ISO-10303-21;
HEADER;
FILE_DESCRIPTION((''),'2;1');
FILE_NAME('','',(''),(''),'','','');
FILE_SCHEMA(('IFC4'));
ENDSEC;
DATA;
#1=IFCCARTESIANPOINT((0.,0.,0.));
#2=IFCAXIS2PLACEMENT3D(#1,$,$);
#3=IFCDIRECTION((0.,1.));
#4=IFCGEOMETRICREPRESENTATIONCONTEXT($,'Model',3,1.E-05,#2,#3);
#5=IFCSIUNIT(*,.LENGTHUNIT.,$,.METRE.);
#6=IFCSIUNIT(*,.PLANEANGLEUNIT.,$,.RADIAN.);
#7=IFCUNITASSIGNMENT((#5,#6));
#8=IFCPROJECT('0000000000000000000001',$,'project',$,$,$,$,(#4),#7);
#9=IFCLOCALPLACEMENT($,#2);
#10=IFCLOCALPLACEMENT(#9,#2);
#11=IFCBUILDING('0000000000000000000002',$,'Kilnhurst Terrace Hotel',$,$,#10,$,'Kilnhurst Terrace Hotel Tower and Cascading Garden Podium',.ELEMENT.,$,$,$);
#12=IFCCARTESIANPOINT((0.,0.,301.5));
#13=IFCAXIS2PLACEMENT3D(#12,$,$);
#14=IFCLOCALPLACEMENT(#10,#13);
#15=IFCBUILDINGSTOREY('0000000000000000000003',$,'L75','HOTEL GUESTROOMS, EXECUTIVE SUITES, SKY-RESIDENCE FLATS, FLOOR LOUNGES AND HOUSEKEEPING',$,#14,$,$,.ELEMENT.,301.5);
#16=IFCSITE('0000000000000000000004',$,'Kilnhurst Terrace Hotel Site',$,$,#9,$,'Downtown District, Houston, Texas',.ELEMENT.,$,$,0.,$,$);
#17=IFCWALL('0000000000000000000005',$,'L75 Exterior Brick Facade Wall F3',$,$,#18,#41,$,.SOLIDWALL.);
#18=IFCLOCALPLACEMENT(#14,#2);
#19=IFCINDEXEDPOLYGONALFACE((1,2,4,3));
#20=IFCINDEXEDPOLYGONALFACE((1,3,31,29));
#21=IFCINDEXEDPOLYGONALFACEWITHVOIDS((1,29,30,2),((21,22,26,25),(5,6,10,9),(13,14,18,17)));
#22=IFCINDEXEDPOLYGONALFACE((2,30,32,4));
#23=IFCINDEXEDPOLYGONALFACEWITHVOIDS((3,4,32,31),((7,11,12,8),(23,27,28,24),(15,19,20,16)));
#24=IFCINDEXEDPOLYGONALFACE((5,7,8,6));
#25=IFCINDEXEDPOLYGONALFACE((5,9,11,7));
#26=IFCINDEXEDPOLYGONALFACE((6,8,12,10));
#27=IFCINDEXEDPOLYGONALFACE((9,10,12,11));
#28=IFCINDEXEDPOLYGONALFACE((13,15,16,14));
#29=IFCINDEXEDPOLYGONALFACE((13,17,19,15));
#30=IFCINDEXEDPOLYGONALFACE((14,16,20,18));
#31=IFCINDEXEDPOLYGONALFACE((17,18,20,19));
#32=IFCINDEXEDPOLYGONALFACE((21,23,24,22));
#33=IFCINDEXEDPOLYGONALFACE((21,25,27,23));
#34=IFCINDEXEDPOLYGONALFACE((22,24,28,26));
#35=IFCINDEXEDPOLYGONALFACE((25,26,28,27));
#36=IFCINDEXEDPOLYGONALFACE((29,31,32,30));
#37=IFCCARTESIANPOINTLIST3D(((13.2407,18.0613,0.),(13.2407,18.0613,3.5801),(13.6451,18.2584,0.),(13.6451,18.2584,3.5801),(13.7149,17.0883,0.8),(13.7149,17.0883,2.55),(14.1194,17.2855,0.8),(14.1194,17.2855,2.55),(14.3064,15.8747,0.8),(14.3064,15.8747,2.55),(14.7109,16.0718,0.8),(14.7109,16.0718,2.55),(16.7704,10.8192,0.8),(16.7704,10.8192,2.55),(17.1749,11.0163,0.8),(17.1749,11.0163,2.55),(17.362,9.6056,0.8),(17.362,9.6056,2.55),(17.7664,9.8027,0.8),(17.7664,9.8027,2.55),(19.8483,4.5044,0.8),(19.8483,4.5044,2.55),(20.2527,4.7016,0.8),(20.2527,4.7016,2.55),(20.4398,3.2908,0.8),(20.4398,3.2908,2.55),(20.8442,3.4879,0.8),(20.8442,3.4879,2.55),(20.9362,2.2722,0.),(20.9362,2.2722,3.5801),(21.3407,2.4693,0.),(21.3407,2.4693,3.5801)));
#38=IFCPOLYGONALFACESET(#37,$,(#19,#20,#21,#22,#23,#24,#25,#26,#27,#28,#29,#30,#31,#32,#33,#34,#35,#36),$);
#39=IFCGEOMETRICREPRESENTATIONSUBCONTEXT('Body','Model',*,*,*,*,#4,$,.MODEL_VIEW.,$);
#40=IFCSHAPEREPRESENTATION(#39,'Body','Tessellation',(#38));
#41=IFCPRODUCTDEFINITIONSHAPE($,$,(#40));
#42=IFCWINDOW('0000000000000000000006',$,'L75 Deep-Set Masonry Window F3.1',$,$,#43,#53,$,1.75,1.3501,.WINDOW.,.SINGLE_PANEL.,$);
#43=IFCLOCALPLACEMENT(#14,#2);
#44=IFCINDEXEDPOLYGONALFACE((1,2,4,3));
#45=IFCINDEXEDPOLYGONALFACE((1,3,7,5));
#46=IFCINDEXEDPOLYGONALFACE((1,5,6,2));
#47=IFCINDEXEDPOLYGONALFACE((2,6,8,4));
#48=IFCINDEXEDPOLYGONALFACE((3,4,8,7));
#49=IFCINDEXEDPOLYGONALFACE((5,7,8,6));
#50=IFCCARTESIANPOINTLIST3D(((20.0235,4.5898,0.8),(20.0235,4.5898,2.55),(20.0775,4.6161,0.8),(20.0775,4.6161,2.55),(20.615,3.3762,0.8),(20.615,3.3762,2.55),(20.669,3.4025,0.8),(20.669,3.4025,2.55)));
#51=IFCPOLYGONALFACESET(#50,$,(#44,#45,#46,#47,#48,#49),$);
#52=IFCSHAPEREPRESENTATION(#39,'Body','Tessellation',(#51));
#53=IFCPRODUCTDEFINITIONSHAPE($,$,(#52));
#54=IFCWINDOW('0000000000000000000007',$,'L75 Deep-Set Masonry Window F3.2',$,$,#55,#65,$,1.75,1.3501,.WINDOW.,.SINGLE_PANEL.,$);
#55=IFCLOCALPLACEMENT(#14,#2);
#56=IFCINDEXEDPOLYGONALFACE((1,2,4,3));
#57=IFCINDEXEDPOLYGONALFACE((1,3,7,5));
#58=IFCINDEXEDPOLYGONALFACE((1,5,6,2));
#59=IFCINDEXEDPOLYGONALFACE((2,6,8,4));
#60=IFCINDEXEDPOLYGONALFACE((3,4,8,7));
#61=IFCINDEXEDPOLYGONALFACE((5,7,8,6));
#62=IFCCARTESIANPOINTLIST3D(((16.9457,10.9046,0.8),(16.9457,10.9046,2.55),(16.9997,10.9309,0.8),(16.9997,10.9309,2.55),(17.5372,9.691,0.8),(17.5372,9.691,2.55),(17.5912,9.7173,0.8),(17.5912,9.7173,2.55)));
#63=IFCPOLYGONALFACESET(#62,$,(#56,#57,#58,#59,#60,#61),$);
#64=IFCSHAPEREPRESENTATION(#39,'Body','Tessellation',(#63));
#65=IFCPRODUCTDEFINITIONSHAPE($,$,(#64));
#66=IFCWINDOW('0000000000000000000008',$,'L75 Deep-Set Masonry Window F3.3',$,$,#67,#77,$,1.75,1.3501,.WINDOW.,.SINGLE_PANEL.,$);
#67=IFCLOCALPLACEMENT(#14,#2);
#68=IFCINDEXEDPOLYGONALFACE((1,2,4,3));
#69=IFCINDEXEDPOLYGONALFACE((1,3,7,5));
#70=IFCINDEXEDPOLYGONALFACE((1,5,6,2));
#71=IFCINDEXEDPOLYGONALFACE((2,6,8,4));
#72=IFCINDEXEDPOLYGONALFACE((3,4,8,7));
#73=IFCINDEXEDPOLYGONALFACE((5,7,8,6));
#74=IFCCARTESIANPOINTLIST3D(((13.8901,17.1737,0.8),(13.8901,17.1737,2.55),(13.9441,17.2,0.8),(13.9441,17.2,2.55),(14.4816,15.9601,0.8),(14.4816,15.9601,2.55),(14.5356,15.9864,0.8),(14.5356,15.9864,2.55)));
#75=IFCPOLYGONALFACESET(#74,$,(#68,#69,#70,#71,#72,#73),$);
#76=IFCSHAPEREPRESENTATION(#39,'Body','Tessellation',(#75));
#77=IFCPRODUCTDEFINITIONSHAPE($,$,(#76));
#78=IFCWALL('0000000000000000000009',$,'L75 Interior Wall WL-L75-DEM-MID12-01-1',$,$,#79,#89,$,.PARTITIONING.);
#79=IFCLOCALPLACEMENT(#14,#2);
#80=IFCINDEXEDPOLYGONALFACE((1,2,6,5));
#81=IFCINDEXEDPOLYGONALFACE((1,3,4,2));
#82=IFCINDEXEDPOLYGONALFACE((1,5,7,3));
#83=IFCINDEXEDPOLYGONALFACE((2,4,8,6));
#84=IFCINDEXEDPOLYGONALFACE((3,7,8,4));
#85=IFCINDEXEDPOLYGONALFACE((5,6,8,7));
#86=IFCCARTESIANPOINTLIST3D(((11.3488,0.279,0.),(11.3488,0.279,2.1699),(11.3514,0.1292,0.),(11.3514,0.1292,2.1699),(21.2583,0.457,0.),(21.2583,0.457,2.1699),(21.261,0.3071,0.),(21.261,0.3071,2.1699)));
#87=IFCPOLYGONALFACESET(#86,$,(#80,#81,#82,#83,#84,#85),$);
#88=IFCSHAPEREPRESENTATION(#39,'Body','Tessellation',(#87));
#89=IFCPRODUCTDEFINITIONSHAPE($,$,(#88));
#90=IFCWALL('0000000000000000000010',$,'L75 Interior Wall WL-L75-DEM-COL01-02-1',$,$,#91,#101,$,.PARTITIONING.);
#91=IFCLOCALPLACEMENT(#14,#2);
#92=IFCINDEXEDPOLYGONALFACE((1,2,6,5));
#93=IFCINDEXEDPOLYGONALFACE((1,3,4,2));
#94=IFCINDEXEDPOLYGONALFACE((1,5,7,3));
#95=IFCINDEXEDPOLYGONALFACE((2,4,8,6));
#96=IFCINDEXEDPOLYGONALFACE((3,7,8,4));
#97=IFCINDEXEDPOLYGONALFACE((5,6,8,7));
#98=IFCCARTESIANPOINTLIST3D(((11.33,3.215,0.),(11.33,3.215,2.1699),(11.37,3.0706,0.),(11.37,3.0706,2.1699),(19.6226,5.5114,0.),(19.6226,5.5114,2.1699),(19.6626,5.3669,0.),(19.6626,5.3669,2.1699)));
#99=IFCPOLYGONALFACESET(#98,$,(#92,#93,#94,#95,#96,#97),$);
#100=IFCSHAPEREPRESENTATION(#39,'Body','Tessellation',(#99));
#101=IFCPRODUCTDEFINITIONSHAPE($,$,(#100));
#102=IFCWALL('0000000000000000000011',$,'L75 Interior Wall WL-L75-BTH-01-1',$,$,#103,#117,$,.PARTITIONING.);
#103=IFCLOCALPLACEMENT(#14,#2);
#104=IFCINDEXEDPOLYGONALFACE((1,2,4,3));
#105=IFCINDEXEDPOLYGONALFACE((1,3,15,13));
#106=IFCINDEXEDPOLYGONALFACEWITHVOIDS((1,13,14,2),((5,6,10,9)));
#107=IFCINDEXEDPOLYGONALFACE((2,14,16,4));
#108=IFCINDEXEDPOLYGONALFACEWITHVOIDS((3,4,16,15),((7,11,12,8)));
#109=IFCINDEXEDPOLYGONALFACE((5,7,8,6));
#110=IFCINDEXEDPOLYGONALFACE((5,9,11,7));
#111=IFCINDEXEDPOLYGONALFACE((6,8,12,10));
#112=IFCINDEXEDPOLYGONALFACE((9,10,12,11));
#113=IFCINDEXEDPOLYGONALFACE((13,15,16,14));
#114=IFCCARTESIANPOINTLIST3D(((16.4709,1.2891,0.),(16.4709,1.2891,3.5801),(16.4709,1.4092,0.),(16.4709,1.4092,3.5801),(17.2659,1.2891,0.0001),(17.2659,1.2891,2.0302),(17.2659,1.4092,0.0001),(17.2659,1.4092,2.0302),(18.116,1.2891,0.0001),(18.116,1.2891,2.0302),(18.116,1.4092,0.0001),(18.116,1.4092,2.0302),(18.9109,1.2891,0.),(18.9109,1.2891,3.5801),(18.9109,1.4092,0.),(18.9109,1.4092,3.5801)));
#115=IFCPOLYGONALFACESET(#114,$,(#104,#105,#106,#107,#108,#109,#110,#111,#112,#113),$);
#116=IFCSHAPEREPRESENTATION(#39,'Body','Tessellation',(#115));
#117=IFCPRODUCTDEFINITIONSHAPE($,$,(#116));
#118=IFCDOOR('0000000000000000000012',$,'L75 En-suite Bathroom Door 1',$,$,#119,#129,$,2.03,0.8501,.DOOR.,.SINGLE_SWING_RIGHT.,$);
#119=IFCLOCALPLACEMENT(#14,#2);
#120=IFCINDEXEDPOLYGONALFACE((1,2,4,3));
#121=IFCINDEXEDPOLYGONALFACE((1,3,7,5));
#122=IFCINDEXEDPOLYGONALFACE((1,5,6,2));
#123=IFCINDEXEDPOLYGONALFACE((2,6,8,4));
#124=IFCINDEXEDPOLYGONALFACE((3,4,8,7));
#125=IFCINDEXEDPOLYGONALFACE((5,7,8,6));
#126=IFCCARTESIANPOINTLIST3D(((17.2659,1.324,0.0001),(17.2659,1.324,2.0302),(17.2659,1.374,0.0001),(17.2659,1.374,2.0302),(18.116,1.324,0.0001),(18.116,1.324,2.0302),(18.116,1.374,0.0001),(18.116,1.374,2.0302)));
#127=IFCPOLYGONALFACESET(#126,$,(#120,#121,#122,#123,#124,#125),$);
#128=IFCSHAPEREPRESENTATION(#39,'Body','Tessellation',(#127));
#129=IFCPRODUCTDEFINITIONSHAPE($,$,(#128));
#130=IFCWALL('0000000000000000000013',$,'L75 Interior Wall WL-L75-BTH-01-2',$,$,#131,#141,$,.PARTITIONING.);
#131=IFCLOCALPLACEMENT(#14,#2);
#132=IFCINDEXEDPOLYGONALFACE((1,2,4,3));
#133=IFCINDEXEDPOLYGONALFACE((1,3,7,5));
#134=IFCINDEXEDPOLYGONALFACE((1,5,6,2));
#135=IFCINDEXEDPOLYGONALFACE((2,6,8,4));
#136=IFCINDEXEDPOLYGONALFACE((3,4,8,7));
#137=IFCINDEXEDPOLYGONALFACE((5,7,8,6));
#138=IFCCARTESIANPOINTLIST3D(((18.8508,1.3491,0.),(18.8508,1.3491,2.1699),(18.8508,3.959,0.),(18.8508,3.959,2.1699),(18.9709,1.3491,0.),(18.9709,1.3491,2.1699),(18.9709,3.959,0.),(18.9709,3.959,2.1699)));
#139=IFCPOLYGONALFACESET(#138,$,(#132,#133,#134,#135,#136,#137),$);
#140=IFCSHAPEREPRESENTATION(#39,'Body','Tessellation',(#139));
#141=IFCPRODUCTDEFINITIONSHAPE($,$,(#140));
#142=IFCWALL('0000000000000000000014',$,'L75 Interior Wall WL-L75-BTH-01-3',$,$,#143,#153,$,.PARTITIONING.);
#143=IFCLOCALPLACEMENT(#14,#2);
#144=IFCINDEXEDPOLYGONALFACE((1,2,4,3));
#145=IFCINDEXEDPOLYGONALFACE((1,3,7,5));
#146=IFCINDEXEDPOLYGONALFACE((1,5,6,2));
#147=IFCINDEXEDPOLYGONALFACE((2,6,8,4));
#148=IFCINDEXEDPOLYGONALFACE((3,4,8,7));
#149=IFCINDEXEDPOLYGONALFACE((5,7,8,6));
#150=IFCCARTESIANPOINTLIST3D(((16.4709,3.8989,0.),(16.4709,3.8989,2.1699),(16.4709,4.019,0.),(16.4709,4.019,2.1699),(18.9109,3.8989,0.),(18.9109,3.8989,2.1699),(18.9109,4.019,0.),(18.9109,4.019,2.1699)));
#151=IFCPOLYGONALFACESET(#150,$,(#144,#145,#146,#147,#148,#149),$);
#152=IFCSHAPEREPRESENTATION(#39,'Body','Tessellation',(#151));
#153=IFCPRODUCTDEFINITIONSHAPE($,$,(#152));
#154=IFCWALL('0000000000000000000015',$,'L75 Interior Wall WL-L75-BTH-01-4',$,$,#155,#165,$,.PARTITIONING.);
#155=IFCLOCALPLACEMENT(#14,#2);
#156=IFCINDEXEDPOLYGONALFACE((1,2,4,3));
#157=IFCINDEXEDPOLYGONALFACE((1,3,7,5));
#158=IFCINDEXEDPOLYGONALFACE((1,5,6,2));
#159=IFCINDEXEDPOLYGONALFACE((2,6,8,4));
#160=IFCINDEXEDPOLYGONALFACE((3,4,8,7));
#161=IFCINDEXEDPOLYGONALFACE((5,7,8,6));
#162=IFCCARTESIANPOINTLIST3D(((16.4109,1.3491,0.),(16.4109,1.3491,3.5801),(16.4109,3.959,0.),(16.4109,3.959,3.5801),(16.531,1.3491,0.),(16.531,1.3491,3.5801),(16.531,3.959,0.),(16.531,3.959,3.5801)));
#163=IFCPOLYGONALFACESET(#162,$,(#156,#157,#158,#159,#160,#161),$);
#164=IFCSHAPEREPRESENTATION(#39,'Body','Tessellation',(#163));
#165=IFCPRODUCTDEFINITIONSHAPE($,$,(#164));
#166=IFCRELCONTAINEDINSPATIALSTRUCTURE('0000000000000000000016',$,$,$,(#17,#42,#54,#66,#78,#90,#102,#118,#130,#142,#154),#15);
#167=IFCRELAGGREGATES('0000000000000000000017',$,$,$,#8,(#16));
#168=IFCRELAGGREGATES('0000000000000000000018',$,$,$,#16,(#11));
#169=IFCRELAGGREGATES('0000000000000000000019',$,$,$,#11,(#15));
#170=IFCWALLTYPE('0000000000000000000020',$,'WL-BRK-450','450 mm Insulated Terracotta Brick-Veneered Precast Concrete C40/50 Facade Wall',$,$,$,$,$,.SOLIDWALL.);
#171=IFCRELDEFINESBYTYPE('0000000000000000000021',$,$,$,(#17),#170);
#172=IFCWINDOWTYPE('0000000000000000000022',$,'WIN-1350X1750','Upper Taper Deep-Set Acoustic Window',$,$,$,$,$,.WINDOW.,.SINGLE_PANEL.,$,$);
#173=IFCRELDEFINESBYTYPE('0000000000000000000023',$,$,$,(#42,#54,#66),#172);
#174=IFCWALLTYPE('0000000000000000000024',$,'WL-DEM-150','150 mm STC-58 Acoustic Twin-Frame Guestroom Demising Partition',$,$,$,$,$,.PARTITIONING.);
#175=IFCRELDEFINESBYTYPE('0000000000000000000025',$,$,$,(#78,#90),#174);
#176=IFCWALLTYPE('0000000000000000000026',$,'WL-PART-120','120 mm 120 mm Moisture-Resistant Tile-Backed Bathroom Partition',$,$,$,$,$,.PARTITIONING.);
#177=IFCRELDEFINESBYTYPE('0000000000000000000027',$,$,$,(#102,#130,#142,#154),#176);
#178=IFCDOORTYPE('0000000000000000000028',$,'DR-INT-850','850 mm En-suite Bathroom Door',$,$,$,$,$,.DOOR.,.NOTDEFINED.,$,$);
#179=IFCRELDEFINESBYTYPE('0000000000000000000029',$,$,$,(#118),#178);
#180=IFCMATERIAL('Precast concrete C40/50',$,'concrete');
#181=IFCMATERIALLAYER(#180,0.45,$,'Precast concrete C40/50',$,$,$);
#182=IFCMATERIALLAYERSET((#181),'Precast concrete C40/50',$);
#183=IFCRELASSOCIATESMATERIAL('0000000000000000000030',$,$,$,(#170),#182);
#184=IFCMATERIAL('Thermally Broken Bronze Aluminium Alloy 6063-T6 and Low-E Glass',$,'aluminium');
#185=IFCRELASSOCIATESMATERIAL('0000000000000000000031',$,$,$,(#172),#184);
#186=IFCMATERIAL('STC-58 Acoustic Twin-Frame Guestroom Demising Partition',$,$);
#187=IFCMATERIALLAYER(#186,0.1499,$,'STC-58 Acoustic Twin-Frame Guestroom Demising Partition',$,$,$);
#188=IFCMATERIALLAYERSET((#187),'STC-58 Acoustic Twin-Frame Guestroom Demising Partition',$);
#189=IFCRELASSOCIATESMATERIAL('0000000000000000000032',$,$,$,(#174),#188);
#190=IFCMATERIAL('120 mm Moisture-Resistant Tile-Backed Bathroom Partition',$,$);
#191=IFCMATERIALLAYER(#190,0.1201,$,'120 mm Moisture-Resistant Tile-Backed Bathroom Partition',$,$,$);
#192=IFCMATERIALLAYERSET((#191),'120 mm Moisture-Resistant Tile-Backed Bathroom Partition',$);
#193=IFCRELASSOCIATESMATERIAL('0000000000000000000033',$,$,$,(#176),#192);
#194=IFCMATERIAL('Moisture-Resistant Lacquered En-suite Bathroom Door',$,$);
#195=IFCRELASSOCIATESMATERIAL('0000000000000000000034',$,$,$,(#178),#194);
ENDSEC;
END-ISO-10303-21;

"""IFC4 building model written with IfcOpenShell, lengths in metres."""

from ifc_helpers import new_model, si_unit, direction, frame, frame_2d, origin, place, context, subcontext, project, spatial, rectangle, extrude, material, layer, layer_set, type_object, element, fill, save


model = new_model("IFC4")

# Units and contexts
model_context = context("Model", 3, precision=1e-05, world=origin(), true_north=direction((0.0, 1.0)))
body_context = subcontext(model_context, "Body", "Model", "MODEL_VIEW")
ifc_project = project(units=[si_unit("LENGTHUNIT", "METRE"), si_unit("PLANEANGLEUNIT", "RADIAN")], contexts=[model_context])

# Site, building, storey
site_placement = place(None, origin())
site = spatial("IfcSite", under=ifc_project, at=site_placement, Name="Kilnhurst Terrace Hotel Site", LongName="Downtown District, Houston, Texas", CompositionType="ELEMENT", RefElevation=0.0)
building_placement = place(site_placement, origin())
building = spatial("IfcBuilding", under=site, at=building_placement, Name="Kilnhurst Terrace Hotel", LongName="Kilnhurst Terrace Hotel Tower and Cascading Garden Podium", CompositionType="ELEMENT")
storey_placement = place(building_placement, frame((0.0, 0.0, 301.5)))
storey = spatial("IfcBuildingStorey", under=building, at=storey_placement, Name="L75", Description="HOTEL GUESTROOMS, EXECUTIVE SUITES, SKY-RESIDENCE FLATS, FLOOR LOUNGES AND HOUSEKEEPING", CompositionType="ELEMENT", Elevation=301.5)

# Shared definitions
ifc_material_1 = material(Name="Precast concrete C40/50", Category="concrete")
ifc_layer_1 = layer(ifc_material_1, 0.45, Name="Precast concrete C40/50")
ifc_layer_set_1 = layer_set([ifc_layer_1], Name="Precast concrete C40/50")
wall_type_1 = type_object("IfcWallType", Name="WL-BRK-450", Description="450 mm Insulated Terracotta Brick-Veneered Precast Concrete C40/50 Facade Wall", PredefinedType="SOLIDWALL", material=ifc_layer_set_1)

# Wall, openings, windows
wall_1_placement = place(storey_placement, frame((21.1384, 2.3708, 0.0), z_axis=(0.0, 0.0, 1.0), x_axis=(-0.438128, 0.898913, 0.0)))
wall_1 = element("IfcWall", 1, at=wall_1_placement, inside=storey, type_object=wall_type_1, Name="L75 Exterior Brick Facade Wall F3", PredefinedType="SOLIDWALL", context=body_context, shape_type="SweptSolid", body=[
    extrude(rectangle(XDim=17.5647, YDim=0.45, at=frame_2d((8.7822, 0.0))), origin(), (0.0, 0.0, 1.0), 3.5801),
])
opening_1_placement = place(wall_1_placement, frame((1.1331, 0.0, 0.8)))
opening_1 = element("IfcOpeningElement", 2, at=opening_1_placement, cuts=wall_1, PredefinedType="OPENING", context=body_context, shape_type="SweptSolid", body=[
    extrude(rectangle(XDim=1.3501, YDim=1.75, at=frame_2d((0.675, 0.875))), frame((0.0, 0.2349, 0.0), z_axis=(0.0, -1.0, 0.0), x_axis=(1.0, 0.0, 0.0)), (0.0, 0.0, 1.0), 0.47),
])
opening_2_placement = place(wall_1_placement, frame((8.158, 0.0, 0.8)))
opening_2 = element("IfcOpeningElement", 3, at=opening_2_placement, cuts=wall_1, PredefinedType="OPENING", context=body_context, shape_type="SweptSolid", body=[
    extrude(rectangle(XDim=1.3501, YDim=1.75, at=frame_2d((0.675, 0.875))), frame((0.0, 0.2349, 0.0), z_axis=(0.0, -1.0, 0.0), x_axis=(1.0, 0.0, 0.0)), (0.0, 0.0, 1.0), 0.47),
])
opening_3_placement = place(wall_1_placement, frame((15.1321, 0.0, 0.8)))
opening_3 = element("IfcOpeningElement", 4, at=opening_3_placement, cuts=wall_1, PredefinedType="OPENING", context=body_context, shape_type="SweptSolid", body=[
    extrude(rectangle(XDim=1.3501, YDim=1.75, at=frame_2d((0.675, 0.875))), frame((0.0, 0.2349, 0.0), z_axis=(0.0, -1.0, 0.0), x_axis=(1.0, 0.0, 0.0)), (0.0, 0.0, 1.0), 0.47),
])
ifc_material_2 = material(Name="Thermally Broken Bronze Aluminium Alloy 6063-T6 and Low-E Glass", Category="aluminium")
window_type = type_object("IfcWindowType", Name="WIN-1350X1750", Description="Upper Taper Deep-Set Acoustic Window", PartitioningType="SINGLE_PANEL", PredefinedType="WINDOW", material=ifc_material_2)
window_1_placement = place(opening_1_placement, origin())
window_1 = element("IfcWindow", 5, at=window_1_placement, inside=storey, type_object=window_type, Name="L75 Deep-Set Masonry Window F3.1", OverallHeight=1.75, OverallWidth=1.3501, PartitioningType="SINGLE_PANEL", PredefinedType="WINDOW", context=body_context, shape_type="SweptSolid", body=[
    extrude(rectangle(XDim=1.3501, YDim=1.75, at=frame_2d((0.675, 0.875))), frame((0.0, 0.03, 0.0), z_axis=(0.0, -1.0, 0.0), x_axis=(1.0, 0.0, 0.0)), (0.0, 0.0, 1.0), 0.0601),
])
fill(opening_1, window_1)
window_2_placement = place(opening_2_placement, origin())
window_2 = element("IfcWindow", 6, at=window_2_placement, inside=storey, type_object=window_type, Name="L75 Deep-Set Masonry Window F3.2", OverallHeight=1.75, OverallWidth=1.3501, PartitioningType="SINGLE_PANEL", PredefinedType="WINDOW", context=body_context, shape_type="SweptSolid", body=[
    extrude(rectangle(XDim=1.3501, YDim=1.75, at=frame_2d((0.675, 0.875))), frame((0.0, 0.03, 0.0), z_axis=(0.0, -1.0, 0.0), x_axis=(1.0, 0.0, 0.0)), (0.0, 0.0, 1.0), 0.0601),
])
fill(opening_2, window_2)
window_3_placement = place(opening_3_placement, origin())
window_3 = element("IfcWindow", 7, at=window_3_placement, inside=storey, type_object=window_type, Name="L75 Deep-Set Masonry Window F3.3", OverallHeight=1.75, OverallWidth=1.3501, PartitioningType="SINGLE_PANEL", PredefinedType="WINDOW", context=body_context, shape_type="SweptSolid", body=[
    extrude(rectangle(XDim=1.3501, YDim=1.75, at=frame_2d((0.675, 0.875))), frame((0.0, 0.03, 0.0), z_axis=(0.0, -1.0, 0.0), x_axis=(1.0, 0.0, 0.0)), (0.0, 0.0, 1.0), 0.0601),
])
fill(opening_3, window_3)

# Walls
ifc_material_3 = material(Name="STC-58 Acoustic Twin-Frame Guestroom Demising Partition")
ifc_layer_2 = layer(ifc_material_3, 0.1499, Name="STC-58 Acoustic Twin-Frame Guestroom Demising Partition")
ifc_layer_set_2 = layer_set([ifc_layer_2], Name="STC-58 Acoustic Twin-Frame Guestroom Demising Partition")
wall_type_2 = type_object("IfcWallType", Name="WL-DEM-150", Description="150 mm STC-58 Acoustic Twin-Frame Guestroom Demising Partition", PredefinedType="PARTITIONING", material=ifc_layer_set_2)
wall_2_placement = place(storey_placement, frame((11.3501, 0.2041, 0.0), z_axis=(0.0, 0.0, 1.0), x_axis=(0.999839, 0.017958, 0.0)))
element("IfcWall", 8, at=wall_2_placement, inside=storey, type_object=wall_type_2, Name="L75 Interior Wall WL-L75-DEM-MID12-01-1", PredefinedType="PARTITIONING", context=body_context, shape_type="SweptSolid", body=[
    extrude(rectangle(XDim=9.9111, YDim=0.1499, at=frame_2d((4.9556, 0.0))), origin(), (0.0, 0.0, 1.0), 2.1699),
])
wall_3_placement = place(storey_placement, frame((11.3501, 3.1428, 0.0), z_axis=(0.0, 0.0, 1.0), x_axis=(0.963732, 0.266873, 0.0)))
element("IfcWall", 9, at=wall_3_placement, inside=storey, type_object=wall_type_2, Name="L75 Interior Wall WL-L75-DEM-COL01-02-1", PredefinedType="PARTITIONING", context=body_context, shape_type="SweptSolid", body=[
    extrude(rectangle(XDim=8.6047, YDim=0.1499, at=frame_2d((4.3022, 0.0))), origin(), (0.0, 0.0, 1.0), 2.1699),
])

# Wall, opening, door
ifc_material_4 = material(Name="120 mm Moisture-Resistant Tile-Backed Bathroom Partition")
ifc_layer_3 = layer(ifc_material_4, 0.1201, Name="120 mm Moisture-Resistant Tile-Backed Bathroom Partition")
ifc_layer_set_3 = layer_set([ifc_layer_3], Name="120 mm Moisture-Resistant Tile-Backed Bathroom Partition")
wall_type_3 = type_object("IfcWallType", Name="WL-PART-120", Description="120 mm 120 mm Moisture-Resistant Tile-Backed Bathroom Partition", PredefinedType="PARTITIONING", material=ifc_layer_set_3)
wall_4_placement = place(storey_placement, frame((16.4709, 1.3491, 0.0), z_axis=(0.0, 0.0, 1.0), x_axis=(1.0, 0.0, 0.0)))
wall_4 = element("IfcWall", 10, at=wall_4_placement, inside=storey, type_object=wall_type_3, Name="L75 Interior Wall WL-L75-BTH-01-1", PredefinedType="PARTITIONING", context=body_context, shape_type="SweptSolid", body=[
    extrude(rectangle(XDim=2.4399, YDim=0.1201, at=frame_2d((1.22, 0.0))), origin(), (0.0, 0.0, 1.0), 3.5801),
])
opening_4_placement = place(wall_4_placement, frame((0.7949, 0.0, 0.0)))
opening_4 = element("IfcOpeningElement", 11, at=opening_4_placement, cuts=wall_4, PredefinedType="OPENING", context=body_context, shape_type="SweptSolid", body=[
    extrude(rectangle(XDim=0.8501, YDim=2.03, at=frame_2d((0.425, 1.0151))), frame((0.0, 0.0701, 0.0), z_axis=(0.0, -1.0, 0.0), x_axis=(1.0, 0.0, 0.0)), (0.0, 0.0, 1.0), 0.1401),
])
ifc_material_5 = material(Name="Moisture-Resistant Lacquered En-suite Bathroom Door")
door_type = type_object("IfcDoorType", Name="DR-INT-850", Description="850 mm En-suite Bathroom Door", OperationType="NOTDEFINED", PredefinedType="DOOR", material=ifc_material_5)
door_1_placement = place(opening_4_placement, origin())
door_1 = element("IfcDoor", 12, at=door_1_placement, inside=storey, type_object=door_type, Name="L75 En-suite Bathroom Door 1", OperationType="SINGLE_SWING_RIGHT", OverallHeight=2.03, OverallWidth=0.8501, PredefinedType="DOOR", context=body_context, shape_type="SweptSolid", body=[
    extrude(rectangle(XDim=0.8501, YDim=2.03, at=frame_2d((0.425, 1.0151))), frame((0.0, 0.0249, 0.0), z_axis=(0.0, -1.0, 0.0), x_axis=(1.0, 0.0, 0.0)), (0.0, 0.0, 1.0), 0.05),
])
fill(opening_4, door_1)

# Walls
wall_5_placement = place(storey_placement, frame((18.9109, 1.3491, 0.0), z_axis=(0.0, 0.0, 1.0), x_axis=(0.0, 1.0, 0.0)))
element("IfcWall", 13, at=wall_5_placement, inside=storey, type_object=wall_type_3, Name="L75 Interior Wall WL-L75-BTH-01-2", PredefinedType="PARTITIONING", context=body_context, shape_type="SweptSolid", body=[
    extrude(rectangle(XDim=2.6099, YDim=0.1201, at=frame_2d((1.3049, 0.0))), origin(), (0.0, 0.0, 1.0), 2.1699),
])
wall_6_placement = place(storey_placement, frame((18.9109, 3.959, 0.0), z_axis=(0.0, 0.0, 1.0), x_axis=(-1.0, 0.0, 0.0)))
element("IfcWall", 14, at=wall_6_placement, inside=storey, type_object=wall_type_3, Name="L75 Interior Wall WL-L75-BTH-01-3", PredefinedType="PARTITIONING", context=body_context, shape_type="SweptSolid", body=[
    extrude(rectangle(XDim=2.4399, YDim=0.1201, at=frame_2d((1.22, 0.0))), origin(), (0.0, 0.0, 1.0), 2.1699),
])
wall_7_placement = place(storey_placement, frame((16.4709, 3.959, 0.0), z_axis=(0.0, 0.0, 1.0), x_axis=(0.0, -1.0, 0.0)))
element("IfcWall", 15, at=wall_7_placement, inside=storey, type_object=wall_type_3, Name="L75 Interior Wall WL-L75-BTH-01-4", PredefinedType="PARTITIONING", context=body_context, shape_type="SweptSolid", body=[
    extrude(rectangle(XDim=2.6099, YDim=0.1201, at=frame_2d((1.3049, 0.0))), origin(), (0.0, 0.0, 1.0), 3.5801),
])

save(model, "model.ifc")
